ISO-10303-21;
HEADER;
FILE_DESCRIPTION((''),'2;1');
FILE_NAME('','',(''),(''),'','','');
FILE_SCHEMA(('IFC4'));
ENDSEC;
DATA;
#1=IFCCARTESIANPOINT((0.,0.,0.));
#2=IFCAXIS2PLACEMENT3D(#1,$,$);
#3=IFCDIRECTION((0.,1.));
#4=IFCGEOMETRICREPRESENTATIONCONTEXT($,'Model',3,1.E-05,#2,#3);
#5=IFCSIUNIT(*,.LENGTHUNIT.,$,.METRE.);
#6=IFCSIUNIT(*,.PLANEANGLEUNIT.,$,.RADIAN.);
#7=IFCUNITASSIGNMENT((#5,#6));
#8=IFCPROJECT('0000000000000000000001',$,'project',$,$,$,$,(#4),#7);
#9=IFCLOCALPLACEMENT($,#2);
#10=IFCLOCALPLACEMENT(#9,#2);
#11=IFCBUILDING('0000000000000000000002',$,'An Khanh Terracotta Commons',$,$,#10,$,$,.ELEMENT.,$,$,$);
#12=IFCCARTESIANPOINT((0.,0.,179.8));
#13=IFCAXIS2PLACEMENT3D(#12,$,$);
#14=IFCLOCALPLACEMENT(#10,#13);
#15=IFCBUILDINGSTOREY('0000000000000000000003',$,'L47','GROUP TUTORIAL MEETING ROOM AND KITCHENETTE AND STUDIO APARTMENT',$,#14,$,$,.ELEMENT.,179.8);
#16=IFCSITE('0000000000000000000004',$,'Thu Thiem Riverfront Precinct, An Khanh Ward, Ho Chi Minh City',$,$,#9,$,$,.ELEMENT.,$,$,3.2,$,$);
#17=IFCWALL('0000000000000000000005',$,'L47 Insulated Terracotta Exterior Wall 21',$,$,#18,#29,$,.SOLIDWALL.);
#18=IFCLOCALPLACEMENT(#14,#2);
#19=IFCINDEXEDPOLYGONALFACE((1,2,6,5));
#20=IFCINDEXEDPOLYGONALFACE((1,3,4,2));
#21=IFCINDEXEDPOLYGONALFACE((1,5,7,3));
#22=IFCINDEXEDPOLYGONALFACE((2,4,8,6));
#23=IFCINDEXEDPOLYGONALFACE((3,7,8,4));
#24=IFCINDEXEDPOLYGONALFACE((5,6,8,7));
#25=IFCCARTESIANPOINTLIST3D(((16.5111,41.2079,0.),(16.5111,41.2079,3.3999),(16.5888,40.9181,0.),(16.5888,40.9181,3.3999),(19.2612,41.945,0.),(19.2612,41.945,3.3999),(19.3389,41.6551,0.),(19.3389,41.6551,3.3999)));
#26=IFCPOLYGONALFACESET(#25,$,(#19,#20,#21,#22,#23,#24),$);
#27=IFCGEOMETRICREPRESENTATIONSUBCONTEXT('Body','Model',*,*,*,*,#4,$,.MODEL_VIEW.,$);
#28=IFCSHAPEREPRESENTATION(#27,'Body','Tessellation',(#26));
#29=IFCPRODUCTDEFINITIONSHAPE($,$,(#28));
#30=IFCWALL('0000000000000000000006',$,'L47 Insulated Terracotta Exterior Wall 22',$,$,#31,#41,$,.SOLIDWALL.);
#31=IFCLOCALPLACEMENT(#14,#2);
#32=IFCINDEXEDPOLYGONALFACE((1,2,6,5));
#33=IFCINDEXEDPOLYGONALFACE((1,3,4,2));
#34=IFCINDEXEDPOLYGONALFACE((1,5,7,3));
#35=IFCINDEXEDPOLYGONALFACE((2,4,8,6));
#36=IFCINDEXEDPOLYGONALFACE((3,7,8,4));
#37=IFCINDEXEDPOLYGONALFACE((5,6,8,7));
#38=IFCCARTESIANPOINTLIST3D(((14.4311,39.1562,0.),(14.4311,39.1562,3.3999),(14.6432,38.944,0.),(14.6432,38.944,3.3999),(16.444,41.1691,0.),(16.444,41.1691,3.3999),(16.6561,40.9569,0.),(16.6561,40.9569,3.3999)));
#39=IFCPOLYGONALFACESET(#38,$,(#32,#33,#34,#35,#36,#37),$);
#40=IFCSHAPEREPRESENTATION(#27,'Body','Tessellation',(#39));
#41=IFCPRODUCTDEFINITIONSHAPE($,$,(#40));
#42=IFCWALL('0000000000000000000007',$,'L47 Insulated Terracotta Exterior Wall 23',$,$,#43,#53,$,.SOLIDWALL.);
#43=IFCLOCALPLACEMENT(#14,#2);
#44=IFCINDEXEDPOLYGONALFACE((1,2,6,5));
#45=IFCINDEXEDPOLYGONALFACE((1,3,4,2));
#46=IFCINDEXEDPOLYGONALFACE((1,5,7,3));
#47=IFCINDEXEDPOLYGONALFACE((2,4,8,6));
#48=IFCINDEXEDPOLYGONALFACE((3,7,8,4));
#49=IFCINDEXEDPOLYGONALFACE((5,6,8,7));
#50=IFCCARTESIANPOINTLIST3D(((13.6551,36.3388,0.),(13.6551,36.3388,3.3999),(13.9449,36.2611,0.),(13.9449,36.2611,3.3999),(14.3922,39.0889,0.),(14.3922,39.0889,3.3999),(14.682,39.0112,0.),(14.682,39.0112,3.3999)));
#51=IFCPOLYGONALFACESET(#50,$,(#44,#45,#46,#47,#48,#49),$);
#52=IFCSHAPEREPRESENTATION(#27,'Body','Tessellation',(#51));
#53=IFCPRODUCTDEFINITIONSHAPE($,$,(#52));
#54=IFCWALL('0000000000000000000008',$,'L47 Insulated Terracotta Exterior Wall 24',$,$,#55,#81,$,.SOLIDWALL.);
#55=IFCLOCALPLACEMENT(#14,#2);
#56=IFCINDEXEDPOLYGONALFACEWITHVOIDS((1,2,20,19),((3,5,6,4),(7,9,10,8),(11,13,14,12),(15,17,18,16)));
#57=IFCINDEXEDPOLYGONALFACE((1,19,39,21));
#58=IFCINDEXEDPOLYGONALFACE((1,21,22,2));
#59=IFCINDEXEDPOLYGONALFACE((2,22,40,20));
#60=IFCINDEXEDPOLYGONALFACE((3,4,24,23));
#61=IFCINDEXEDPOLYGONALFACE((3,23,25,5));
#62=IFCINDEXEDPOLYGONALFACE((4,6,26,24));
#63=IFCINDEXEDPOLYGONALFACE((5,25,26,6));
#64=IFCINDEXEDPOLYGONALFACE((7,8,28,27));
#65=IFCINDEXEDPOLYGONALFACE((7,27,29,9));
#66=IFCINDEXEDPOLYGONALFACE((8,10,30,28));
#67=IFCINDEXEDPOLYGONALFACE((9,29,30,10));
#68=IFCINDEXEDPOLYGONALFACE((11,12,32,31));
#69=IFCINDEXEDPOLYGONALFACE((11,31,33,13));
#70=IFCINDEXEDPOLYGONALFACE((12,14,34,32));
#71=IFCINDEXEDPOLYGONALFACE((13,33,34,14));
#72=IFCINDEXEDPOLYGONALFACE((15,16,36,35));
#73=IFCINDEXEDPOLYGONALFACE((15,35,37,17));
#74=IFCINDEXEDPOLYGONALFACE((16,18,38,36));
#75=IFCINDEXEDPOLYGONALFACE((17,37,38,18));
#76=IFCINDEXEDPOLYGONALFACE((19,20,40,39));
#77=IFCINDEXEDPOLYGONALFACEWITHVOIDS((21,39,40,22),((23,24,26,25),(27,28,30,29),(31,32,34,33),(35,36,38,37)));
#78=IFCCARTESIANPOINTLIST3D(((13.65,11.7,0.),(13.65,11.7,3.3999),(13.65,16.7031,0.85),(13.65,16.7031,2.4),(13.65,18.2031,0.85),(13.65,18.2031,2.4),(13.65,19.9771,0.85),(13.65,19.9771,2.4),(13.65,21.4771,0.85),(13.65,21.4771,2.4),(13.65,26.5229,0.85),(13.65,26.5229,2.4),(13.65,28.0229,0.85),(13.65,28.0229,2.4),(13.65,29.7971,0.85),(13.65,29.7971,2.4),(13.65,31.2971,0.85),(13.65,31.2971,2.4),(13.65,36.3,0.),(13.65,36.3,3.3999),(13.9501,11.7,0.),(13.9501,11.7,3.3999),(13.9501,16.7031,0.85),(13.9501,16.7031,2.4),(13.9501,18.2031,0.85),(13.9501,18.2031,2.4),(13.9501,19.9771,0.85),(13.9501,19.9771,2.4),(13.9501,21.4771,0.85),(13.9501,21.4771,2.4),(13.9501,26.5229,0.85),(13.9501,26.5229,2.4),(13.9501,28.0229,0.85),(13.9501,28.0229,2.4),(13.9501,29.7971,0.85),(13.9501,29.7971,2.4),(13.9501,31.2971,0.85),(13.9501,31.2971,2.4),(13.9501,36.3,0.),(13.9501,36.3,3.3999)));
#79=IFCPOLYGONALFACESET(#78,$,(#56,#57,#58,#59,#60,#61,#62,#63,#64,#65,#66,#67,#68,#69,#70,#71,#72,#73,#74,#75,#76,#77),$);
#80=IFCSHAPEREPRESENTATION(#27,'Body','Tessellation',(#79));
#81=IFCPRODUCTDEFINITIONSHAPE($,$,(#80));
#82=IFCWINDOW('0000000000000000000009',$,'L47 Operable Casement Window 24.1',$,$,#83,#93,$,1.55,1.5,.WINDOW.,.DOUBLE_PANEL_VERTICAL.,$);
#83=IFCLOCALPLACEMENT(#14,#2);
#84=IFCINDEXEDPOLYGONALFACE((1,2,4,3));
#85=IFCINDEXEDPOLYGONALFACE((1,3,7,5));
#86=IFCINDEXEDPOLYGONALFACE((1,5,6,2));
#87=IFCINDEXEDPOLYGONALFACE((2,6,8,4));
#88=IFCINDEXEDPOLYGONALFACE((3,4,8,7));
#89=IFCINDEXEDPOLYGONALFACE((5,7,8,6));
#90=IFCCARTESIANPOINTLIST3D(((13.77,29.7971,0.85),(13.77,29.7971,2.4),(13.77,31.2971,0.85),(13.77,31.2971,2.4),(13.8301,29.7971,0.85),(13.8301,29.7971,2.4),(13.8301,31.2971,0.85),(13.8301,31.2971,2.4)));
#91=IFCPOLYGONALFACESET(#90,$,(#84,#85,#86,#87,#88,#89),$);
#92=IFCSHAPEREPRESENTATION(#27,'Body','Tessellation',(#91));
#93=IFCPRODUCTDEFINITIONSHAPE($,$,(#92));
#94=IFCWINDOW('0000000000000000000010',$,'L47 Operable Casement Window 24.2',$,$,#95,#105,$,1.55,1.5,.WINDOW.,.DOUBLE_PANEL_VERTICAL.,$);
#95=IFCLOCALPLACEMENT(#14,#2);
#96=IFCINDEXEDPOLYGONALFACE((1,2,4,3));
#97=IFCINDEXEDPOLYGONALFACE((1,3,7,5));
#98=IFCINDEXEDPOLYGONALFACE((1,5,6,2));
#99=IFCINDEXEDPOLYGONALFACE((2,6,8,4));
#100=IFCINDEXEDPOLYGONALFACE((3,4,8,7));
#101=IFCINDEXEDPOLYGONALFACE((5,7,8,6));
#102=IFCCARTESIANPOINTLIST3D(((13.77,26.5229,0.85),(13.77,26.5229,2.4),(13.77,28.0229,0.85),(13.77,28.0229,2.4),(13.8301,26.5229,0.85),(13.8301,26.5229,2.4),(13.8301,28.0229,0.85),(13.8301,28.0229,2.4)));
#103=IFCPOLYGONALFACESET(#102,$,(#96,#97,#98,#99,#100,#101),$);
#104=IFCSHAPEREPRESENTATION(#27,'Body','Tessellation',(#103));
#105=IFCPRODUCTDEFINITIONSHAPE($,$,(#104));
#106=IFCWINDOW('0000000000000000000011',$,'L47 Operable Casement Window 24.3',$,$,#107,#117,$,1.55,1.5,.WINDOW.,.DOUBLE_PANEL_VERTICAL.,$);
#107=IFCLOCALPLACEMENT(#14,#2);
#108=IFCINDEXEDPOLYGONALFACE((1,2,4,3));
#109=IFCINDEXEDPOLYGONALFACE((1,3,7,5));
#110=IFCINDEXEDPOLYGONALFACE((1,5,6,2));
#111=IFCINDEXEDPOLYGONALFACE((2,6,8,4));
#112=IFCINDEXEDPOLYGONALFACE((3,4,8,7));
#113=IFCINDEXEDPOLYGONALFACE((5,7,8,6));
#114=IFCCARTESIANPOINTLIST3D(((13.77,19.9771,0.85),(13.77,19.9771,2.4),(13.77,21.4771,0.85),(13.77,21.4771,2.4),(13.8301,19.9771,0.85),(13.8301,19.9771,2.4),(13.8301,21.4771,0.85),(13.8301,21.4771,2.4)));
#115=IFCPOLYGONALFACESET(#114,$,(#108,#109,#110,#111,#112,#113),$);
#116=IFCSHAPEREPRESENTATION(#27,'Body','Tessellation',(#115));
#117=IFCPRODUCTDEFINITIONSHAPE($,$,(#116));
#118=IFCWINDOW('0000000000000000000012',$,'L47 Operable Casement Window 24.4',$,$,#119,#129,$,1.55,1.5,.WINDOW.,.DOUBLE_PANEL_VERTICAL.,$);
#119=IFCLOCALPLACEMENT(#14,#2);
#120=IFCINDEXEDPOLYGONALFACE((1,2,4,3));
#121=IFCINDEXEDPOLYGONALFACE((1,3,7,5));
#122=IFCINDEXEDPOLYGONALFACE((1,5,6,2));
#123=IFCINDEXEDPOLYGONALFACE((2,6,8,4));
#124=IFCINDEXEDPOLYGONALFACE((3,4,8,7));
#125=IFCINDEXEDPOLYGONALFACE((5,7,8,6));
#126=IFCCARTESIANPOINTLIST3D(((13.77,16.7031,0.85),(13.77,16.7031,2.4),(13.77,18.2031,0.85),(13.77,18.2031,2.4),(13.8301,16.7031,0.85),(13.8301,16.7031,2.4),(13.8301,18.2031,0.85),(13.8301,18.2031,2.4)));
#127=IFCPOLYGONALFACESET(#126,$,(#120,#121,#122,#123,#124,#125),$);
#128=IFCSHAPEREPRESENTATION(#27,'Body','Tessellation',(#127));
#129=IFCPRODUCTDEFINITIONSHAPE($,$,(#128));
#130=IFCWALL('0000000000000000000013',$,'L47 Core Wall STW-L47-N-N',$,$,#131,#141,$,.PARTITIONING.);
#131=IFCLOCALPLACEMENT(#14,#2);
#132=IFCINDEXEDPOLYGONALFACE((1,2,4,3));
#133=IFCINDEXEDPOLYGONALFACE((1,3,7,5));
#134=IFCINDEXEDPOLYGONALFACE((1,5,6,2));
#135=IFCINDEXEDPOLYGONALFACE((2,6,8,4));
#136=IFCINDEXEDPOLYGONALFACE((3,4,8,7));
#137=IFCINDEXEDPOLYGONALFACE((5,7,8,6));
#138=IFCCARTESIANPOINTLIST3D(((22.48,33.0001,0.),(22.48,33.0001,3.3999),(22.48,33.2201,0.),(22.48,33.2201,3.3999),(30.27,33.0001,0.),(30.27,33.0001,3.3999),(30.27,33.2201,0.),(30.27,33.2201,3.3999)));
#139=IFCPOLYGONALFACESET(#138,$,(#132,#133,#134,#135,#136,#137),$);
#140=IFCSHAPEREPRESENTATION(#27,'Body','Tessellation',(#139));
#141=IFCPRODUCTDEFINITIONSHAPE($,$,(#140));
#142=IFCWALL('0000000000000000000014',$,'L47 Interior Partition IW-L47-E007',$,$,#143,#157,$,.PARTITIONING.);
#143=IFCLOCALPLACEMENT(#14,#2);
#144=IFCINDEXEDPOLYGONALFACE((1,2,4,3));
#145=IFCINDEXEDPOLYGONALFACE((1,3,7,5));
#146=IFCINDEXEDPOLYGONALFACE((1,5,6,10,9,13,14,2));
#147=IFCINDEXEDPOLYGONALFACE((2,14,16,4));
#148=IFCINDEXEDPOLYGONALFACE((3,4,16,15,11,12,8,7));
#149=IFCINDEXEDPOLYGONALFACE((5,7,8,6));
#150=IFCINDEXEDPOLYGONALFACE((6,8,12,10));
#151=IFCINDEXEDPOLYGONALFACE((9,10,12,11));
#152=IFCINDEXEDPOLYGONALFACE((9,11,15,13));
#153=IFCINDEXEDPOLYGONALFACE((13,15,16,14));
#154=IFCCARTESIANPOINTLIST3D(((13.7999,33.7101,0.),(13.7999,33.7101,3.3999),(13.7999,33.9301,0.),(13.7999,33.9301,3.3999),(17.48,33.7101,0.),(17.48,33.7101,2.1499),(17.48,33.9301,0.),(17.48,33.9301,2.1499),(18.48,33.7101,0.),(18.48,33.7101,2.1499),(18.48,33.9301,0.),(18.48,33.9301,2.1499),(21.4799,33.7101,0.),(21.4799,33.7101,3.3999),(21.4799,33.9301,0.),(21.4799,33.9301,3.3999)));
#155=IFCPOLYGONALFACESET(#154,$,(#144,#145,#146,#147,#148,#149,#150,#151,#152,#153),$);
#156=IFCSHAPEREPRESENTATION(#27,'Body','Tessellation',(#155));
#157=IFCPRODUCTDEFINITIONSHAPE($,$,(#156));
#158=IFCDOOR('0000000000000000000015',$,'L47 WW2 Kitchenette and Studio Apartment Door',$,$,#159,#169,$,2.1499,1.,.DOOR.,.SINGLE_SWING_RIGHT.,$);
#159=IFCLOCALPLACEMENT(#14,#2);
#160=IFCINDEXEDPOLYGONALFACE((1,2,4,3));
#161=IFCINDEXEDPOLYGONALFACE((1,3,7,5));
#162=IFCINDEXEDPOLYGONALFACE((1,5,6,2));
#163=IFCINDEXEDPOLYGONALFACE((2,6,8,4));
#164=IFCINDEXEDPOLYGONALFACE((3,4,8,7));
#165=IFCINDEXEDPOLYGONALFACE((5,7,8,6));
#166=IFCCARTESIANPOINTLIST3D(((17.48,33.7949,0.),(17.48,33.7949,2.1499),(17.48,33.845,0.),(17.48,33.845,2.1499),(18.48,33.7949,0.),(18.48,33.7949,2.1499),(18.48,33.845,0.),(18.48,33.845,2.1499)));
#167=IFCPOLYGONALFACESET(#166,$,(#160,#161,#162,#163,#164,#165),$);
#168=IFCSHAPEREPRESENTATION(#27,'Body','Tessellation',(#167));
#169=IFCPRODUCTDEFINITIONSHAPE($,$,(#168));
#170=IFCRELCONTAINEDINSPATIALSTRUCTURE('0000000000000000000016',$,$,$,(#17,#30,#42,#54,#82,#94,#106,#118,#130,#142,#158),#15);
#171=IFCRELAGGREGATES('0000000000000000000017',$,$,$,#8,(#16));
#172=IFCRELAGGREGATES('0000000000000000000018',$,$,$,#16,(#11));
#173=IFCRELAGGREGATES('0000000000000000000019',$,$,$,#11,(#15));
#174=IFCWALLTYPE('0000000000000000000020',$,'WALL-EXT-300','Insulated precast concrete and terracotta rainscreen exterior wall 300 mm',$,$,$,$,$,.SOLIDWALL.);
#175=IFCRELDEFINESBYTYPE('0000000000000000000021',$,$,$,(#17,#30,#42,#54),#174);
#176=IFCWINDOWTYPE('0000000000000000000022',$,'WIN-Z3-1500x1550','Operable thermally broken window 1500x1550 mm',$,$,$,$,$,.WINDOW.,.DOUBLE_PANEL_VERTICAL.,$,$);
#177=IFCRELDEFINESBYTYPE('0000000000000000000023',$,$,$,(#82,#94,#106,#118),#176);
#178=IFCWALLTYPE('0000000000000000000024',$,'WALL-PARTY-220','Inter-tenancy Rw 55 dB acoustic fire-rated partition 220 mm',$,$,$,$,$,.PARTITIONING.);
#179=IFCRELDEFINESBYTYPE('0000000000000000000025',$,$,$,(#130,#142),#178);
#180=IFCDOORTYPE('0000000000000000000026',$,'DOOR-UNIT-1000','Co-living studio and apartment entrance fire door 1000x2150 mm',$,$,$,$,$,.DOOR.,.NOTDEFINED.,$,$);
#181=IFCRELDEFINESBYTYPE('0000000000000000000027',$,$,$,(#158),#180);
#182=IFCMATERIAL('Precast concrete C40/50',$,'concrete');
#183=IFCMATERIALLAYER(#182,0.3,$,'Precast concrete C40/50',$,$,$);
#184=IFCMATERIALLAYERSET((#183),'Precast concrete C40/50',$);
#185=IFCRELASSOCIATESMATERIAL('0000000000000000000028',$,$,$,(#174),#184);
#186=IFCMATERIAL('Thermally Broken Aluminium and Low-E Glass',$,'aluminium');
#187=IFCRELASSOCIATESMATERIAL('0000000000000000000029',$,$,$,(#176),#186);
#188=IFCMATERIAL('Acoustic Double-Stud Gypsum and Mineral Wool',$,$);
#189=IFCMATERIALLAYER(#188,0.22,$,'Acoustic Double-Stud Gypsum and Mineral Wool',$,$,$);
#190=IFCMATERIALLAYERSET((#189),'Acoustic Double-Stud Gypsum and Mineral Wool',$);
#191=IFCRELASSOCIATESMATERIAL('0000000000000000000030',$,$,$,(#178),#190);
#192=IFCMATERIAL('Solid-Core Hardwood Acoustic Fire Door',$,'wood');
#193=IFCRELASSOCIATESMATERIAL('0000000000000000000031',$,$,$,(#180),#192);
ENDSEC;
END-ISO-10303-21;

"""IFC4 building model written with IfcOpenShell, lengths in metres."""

from ifc_helpers import new_model, si_unit, direction, frame, frame_2d, origin, place, context, subcontext, project, spatial, rectangle, extrude, material, layer, layer_set, type_object, element, fill, save


model = new_model("IFC4")

# Units and contexts
model_context = context("Model", 3, precision=1e-05, world=origin(), true_north=direction((0.0, 1.0)))
body_context = subcontext(model_context, "Body", "Model", "MODEL_VIEW")
ifc_project = project(units=[si_unit("LENGTHUNIT", "METRE"), si_unit("PLANEANGLEUNIT", "RADIAN")], contexts=[model_context])

# Site, building, storey
site_placement = place(None, origin())
site = spatial("IfcSite", under=ifc_project, at=site_placement, Name="Thu Thiem Riverfront Precinct, An Khanh Ward, Ho Chi Minh City", CompositionType="ELEMENT", RefElevation=3.2)
building_placement = place(site_placement, origin())
building = spatial("IfcBuilding", under=site, at=building_placement, Name="An Khanh Terracotta Commons", CompositionType="ELEMENT")
storey_placement = place(building_placement, frame((0.0, 0.0, 179.8)))
storey = spatial("IfcBuildingStorey", under=building, at=storey_placement, Name="L47", Description="GROUP TUTORIAL MEETING ROOM AND KITCHENETTE AND STUDIO APARTMENT", CompositionType="ELEMENT", Elevation=179.8)

# Walls
ifc_material_1 = material(Name="Precast concrete C40/50", Category="concrete")
ifc_layer_1 = layer(ifc_material_1, 0.3, Name="Precast concrete C40/50")
ifc_layer_set_1 = layer_set([ifc_layer_1], Name="Precast concrete C40/50")
wall_type_1 = type_object("IfcWallType", Name="WALL-EXT-300", Description="Insulated precast concrete and terracotta rainscreen exterior wall 300 mm", PredefinedType="SOLIDWALL", material=ifc_layer_set_1)
wall_1_placement = place(storey_placement, frame((19.3, 41.8, 0.0), z_axis=(0.0, 0.0, 1.0), x_axis=(-0.965908, -0.258885, 0.0)))
element("IfcWall", 1, at=wall_1_placement, inside=storey, type_object=wall_type_1, Name="L47 Insulated Terracotta Exterior Wall 21", PredefinedType="SOLIDWALL", context=body_context, shape_type="SweptSolid", body=[
    extrude(rectangle(XDim=2.8472, YDim=0.3, at=frame_2d((1.4236, 0.0))), origin(), (0.0, 0.0, 1.0), 3.3999),
])
wall_2_placement = place(storey_placement, frame((16.55, 41.063, 0.0), z_axis=(0.0, 0.0, 1.0), x_axis=(-0.707107, -0.707107, 0.0)))
element("IfcWall", 2, at=wall_2_placement, inside=storey, type_object=wall_type_1, Name="L47 Insulated Terracotta Exterior Wall 22", PredefinedType="SOLIDWALL", context=body_context, shape_type="SweptSolid", body=[
    extrude(rectangle(XDim=2.8467, YDim=0.3, at=frame_2d((1.4233, 0.0))), origin(), (0.0, 0.0, 1.0), 3.3999),
])
wall_3_placement = place(storey_placement, frame((14.5371, 39.05, 0.0), z_axis=(0.0, 0.0, 1.0), x_axis=(-0.258885, -0.965908, 0.0)))
element("IfcWall", 3, at=wall_3_placement, inside=storey, type_object=wall_type_1, Name="L47 Insulated Terracotta Exterior Wall 23", PredefinedType="SOLIDWALL", context=body_context, shape_type="SweptSolid", body=[
    extrude(rectangle(XDim=2.8472, YDim=0.3, at=frame_2d((1.4236, 0.0))), origin(), (0.0, 0.0, 1.0), 3.3999),
])

# Wall, openings, windows
wall_4_placement = place(storey_placement, frame((13.8, 36.3, 0.0), z_axis=(0.0, 0.0, 1.0), x_axis=(0.0, -1.0, 0.0)))
wall_4 = element("IfcWall", 4, at=wall_4_placement, inside=storey, type_object=wall_type_1, Name="L47 Insulated Terracotta Exterior Wall 24", PredefinedType="SOLIDWALL", context=body_context, shape_type="SweptSolid", body=[
    extrude(rectangle(XDim=24.6001, YDim=0.3, at=frame_2d((12.3, 0.0))), origin(), (0.0, 0.0, 1.0), 3.3999),
])
opening_1_placement = place(wall_4_placement, frame((5.0029, 0.0, 0.8501)))
opening_1 = element("IfcOpeningElement", 5, at=opening_1_placement, cuts=wall_4, PredefinedType="OPENING", context=body_context, shape_type="SweptSolid", body=[
    extrude(rectangle(XDim=1.5, YDim=1.55, at=frame_2d((0.75, 0.7749))), frame((0.0, 0.1599, 0.0), z_axis=(0.0, -1.0, 0.0), x_axis=(1.0, 0.0, 0.0)), (0.0, 0.0, 1.0), 0.3201),
])
opening_2_placement = place(wall_4_placement, frame((8.2771, 0.0, 0.8501)))
opening_2 = element("IfcOpeningElement", 6, at=opening_2_placement, cuts=wall_4, PredefinedType="OPENING", context=body_context, shape_type="SweptSolid", body=[
    extrude(rectangle(XDim=1.5, YDim=1.55, at=frame_2d((0.75, 0.7749))), frame((0.0, 0.1599, 0.0), z_axis=(0.0, -1.0, 0.0), x_axis=(1.0, 0.0, 0.0)), (0.0, 0.0, 1.0), 0.3201),
])
opening_3_placement = place(wall_4_placement, frame((14.823, 0.0, 0.8501)))
opening_3 = element("IfcOpeningElement", 7, at=opening_3_placement, cuts=wall_4, PredefinedType="OPENING", context=body_context, shape_type="SweptSolid", body=[
    extrude(rectangle(XDim=1.5, YDim=1.55, at=frame_2d((0.75, 0.7749))), frame((0.0, 0.1599, 0.0), z_axis=(0.0, -1.0, 0.0), x_axis=(1.0, 0.0, 0.0)), (0.0, 0.0, 1.0), 0.3201),
])
opening_4_placement = place(wall_4_placement, frame((18.0969, 0.0, 0.8501)))
opening_4 = element("IfcOpeningElement", 8, at=opening_4_placement, cuts=wall_4, PredefinedType="OPENING", context=body_context, shape_type="SweptSolid", body=[
    extrude(rectangle(XDim=1.5, YDim=1.55, at=frame_2d((0.75, 0.7749))), frame((0.0, 0.1599, 0.0), z_axis=(0.0, -1.0, 0.0), x_axis=(1.0, 0.0, 0.0)), (0.0, 0.0, 1.0), 0.3201),
])
ifc_material_2 = material(Name="Thermally Broken Aluminium and Low-E Glass", Category="aluminium")
window_type = type_object("IfcWindowType", Name="WIN-Z3-1500x1550", Description="Operable thermally broken window 1500x1550 mm", PartitioningType="DOUBLE_PANEL_VERTICAL", PredefinedType="WINDOW", material=ifc_material_2)
window_1_placement = place(opening_1_placement, origin())
window_1 = element("IfcWindow", 9, at=window_1_placement, inside=storey, type_object=window_type, Name="L47 Operable Casement Window 24.1", OverallHeight=1.55, OverallWidth=1.5, PartitioningType="DOUBLE_PANEL_VERTICAL", PredefinedType="WINDOW", context=body_context, shape_type="SweptSolid", body=[
    extrude(rectangle(XDim=1.5, YDim=1.55, at=frame_2d((0.75, 0.7749))), frame((0.0, 0.03, 0.0), z_axis=(0.0, -1.0, 0.0), x_axis=(1.0, 0.0, 0.0)), (0.0, 0.0, 1.0), 0.0601),
])
fill(opening_1, window_1)
window_2_placement = place(opening_2_placement, origin())
window_2 = element("IfcWindow", 10, at=window_2_placement, inside=storey, type_object=window_type, Name="L47 Operable Casement Window 24.2", OverallHeight=1.55, OverallWidth=1.5, PartitioningType="DOUBLE_PANEL_VERTICAL", PredefinedType="WINDOW", context=body_context, shape_type="SweptSolid", body=[
    extrude(rectangle(XDim=1.5, YDim=1.55, at=frame_2d((0.75, 0.7749))), frame((0.0, 0.03, 0.0), z_axis=(0.0, -1.0, 0.0), x_axis=(1.0, 0.0, 0.0)), (0.0, 0.0, 1.0), 0.0601),
])
fill(opening_2, window_2)
window_3_placement = place(opening_3_placement, origin())
window_3 = element("IfcWindow", 11, at=window_3_placement, inside=storey, type_object=window_type, Name="L47 Operable Casement Window 24.3", OverallHeight=1.55, OverallWidth=1.5, PartitioningType="DOUBLE_PANEL_VERTICAL", PredefinedType="WINDOW", context=body_context, shape_type="SweptSolid", body=[
    extrude(rectangle(XDim=1.5, YDim=1.55, at=frame_2d((0.75, 0.7749))), frame((0.0, 0.03, 0.0), z_axis=(0.0, -1.0, 0.0), x_axis=(1.0, 0.0, 0.0)), (0.0, 0.0, 1.0), 0.0601),
])
fill(opening_3, window_3)
window_4_placement = place(opening_4_placement, origin())
window_4 = element("IfcWindow", 12, at=window_4_placement, inside=storey, type_object=window_type, Name="L47 Operable Casement Window 24.4", OverallHeight=1.55, OverallWidth=1.5, PartitioningType="DOUBLE_PANEL_VERTICAL", PredefinedType="WINDOW", context=body_context, shape_type="SweptSolid", body=[
    extrude(rectangle(XDim=1.5, YDim=1.55, at=frame_2d((0.75, 0.7749))), frame((0.0, 0.03, 0.0), z_axis=(0.0, -1.0, 0.0), x_axis=(1.0, 0.0, 0.0)), (0.0, 0.0, 1.0), 0.0601),
])
fill(opening_4, window_4)

# Wall
ifc_material_3 = material(Name="Acoustic Double-Stud Gypsum and Mineral Wool")
ifc_layer_2 = layer(ifc_material_3, 0.22, Name="Acoustic Double-Stud Gypsum and Mineral Wool")
ifc_layer_set_2 = layer_set([ifc_layer_2], Name="Acoustic Double-Stud Gypsum and Mineral Wool")
wall_type_2 = type_object("IfcWallType", Name="WALL-PARTY-220", Description="Inter-tenancy Rw 55 dB acoustic fire-rated partition 220 mm", PredefinedType="PARTITIONING", material=ifc_layer_set_2)
wall_5_placement = place(storey_placement, frame((22.48, 33.1101, 0.0), z_axis=(0.0, 0.0, 1.0), x_axis=(1.0, 0.0, 0.0)))
element("IfcWall", 13, at=wall_5_placement, inside=storey, type_object=wall_type_2, Name="L47 Core Wall STW-L47-N-N", PredefinedType="PARTITIONING", context=body_context, shape_type="SweptSolid", body=[
    extrude(rectangle(XDim=7.79, YDim=0.22, at=frame_2d((3.895, 0.0))), origin(), (0.0, 0.0, 1.0), 3.3999),
])

# Wall, opening, door
wall_6_placement = place(storey_placement, frame((13.8, 33.8201, 0.0), z_axis=(0.0, 0.0, 1.0), x_axis=(1.0, 0.0, 0.0)))
wall_6 = element("IfcWall", 14, at=wall_6_placement, inside=storey, type_object=wall_type_2, Name="L47 Interior Partition IW-L47-E007", PredefinedType="PARTITIONING", context=body_context, shape_type="SweptSolid", body=[
    extrude(rectangle(XDim=7.6799, YDim=0.22, at=frame_2d((3.8398, 0.0))), origin(), (0.0, 0.0, 1.0), 3.3999),
])
opening_5_placement = place(wall_6_placement, frame((3.6799, 0.0, 0.0)))
opening_5 = element("IfcOpeningElement", 15, at=opening_5_placement, cuts=wall_6, PredefinedType="OPENING", context=body_context, shape_type="SweptSolid", body=[
    extrude(rectangle(XDim=1.0, YDim=2.1499, at=frame_2d((0.5, 1.075))), frame((0.0, 0.1199, 0.0), z_axis=(0.0, -1.0, 0.0), x_axis=(1.0, 0.0, 0.0)), (0.0, 0.0, 1.0), 0.24),
])
ifc_material_4 = material(Name="Solid-Core Hardwood Acoustic Fire Door", Category="wood")
door_type_1 = type_object("IfcDoorType", Name="DOOR-UNIT-1000", Description="Co-living studio and apartment entrance fire door 1000x2150 mm", OperationType="NOTDEFINED", PredefinedType="DOOR", material=ifc_material_4)
door_1_placement = place(opening_5_placement, origin())
door_1 = element("IfcDoor", 16, at=door_1_placement, inside=storey, type_object=door_type_1, Name="L47 WW2 Kitchenette and Studio Apartment Door", OperationType="SINGLE_SWING_RIGHT", OverallHeight=2.1499, OverallWidth=1.0, PredefinedType="DOOR", context=body_context, shape_type="SweptSolid", body=[
    extrude(rectangle(XDim=1.0, YDim=2.1499, at=frame_2d((0.5, 1.075))), frame((0.0, 0.0249, 0.0), z_axis=(0.0, -1.0, 0.0), x_axis=(1.0, 0.0, 0.0)), (0.0, 0.0, 1.0), 0.05),
])
fill(opening_5, door_1)

save(model, "model.ifc")
